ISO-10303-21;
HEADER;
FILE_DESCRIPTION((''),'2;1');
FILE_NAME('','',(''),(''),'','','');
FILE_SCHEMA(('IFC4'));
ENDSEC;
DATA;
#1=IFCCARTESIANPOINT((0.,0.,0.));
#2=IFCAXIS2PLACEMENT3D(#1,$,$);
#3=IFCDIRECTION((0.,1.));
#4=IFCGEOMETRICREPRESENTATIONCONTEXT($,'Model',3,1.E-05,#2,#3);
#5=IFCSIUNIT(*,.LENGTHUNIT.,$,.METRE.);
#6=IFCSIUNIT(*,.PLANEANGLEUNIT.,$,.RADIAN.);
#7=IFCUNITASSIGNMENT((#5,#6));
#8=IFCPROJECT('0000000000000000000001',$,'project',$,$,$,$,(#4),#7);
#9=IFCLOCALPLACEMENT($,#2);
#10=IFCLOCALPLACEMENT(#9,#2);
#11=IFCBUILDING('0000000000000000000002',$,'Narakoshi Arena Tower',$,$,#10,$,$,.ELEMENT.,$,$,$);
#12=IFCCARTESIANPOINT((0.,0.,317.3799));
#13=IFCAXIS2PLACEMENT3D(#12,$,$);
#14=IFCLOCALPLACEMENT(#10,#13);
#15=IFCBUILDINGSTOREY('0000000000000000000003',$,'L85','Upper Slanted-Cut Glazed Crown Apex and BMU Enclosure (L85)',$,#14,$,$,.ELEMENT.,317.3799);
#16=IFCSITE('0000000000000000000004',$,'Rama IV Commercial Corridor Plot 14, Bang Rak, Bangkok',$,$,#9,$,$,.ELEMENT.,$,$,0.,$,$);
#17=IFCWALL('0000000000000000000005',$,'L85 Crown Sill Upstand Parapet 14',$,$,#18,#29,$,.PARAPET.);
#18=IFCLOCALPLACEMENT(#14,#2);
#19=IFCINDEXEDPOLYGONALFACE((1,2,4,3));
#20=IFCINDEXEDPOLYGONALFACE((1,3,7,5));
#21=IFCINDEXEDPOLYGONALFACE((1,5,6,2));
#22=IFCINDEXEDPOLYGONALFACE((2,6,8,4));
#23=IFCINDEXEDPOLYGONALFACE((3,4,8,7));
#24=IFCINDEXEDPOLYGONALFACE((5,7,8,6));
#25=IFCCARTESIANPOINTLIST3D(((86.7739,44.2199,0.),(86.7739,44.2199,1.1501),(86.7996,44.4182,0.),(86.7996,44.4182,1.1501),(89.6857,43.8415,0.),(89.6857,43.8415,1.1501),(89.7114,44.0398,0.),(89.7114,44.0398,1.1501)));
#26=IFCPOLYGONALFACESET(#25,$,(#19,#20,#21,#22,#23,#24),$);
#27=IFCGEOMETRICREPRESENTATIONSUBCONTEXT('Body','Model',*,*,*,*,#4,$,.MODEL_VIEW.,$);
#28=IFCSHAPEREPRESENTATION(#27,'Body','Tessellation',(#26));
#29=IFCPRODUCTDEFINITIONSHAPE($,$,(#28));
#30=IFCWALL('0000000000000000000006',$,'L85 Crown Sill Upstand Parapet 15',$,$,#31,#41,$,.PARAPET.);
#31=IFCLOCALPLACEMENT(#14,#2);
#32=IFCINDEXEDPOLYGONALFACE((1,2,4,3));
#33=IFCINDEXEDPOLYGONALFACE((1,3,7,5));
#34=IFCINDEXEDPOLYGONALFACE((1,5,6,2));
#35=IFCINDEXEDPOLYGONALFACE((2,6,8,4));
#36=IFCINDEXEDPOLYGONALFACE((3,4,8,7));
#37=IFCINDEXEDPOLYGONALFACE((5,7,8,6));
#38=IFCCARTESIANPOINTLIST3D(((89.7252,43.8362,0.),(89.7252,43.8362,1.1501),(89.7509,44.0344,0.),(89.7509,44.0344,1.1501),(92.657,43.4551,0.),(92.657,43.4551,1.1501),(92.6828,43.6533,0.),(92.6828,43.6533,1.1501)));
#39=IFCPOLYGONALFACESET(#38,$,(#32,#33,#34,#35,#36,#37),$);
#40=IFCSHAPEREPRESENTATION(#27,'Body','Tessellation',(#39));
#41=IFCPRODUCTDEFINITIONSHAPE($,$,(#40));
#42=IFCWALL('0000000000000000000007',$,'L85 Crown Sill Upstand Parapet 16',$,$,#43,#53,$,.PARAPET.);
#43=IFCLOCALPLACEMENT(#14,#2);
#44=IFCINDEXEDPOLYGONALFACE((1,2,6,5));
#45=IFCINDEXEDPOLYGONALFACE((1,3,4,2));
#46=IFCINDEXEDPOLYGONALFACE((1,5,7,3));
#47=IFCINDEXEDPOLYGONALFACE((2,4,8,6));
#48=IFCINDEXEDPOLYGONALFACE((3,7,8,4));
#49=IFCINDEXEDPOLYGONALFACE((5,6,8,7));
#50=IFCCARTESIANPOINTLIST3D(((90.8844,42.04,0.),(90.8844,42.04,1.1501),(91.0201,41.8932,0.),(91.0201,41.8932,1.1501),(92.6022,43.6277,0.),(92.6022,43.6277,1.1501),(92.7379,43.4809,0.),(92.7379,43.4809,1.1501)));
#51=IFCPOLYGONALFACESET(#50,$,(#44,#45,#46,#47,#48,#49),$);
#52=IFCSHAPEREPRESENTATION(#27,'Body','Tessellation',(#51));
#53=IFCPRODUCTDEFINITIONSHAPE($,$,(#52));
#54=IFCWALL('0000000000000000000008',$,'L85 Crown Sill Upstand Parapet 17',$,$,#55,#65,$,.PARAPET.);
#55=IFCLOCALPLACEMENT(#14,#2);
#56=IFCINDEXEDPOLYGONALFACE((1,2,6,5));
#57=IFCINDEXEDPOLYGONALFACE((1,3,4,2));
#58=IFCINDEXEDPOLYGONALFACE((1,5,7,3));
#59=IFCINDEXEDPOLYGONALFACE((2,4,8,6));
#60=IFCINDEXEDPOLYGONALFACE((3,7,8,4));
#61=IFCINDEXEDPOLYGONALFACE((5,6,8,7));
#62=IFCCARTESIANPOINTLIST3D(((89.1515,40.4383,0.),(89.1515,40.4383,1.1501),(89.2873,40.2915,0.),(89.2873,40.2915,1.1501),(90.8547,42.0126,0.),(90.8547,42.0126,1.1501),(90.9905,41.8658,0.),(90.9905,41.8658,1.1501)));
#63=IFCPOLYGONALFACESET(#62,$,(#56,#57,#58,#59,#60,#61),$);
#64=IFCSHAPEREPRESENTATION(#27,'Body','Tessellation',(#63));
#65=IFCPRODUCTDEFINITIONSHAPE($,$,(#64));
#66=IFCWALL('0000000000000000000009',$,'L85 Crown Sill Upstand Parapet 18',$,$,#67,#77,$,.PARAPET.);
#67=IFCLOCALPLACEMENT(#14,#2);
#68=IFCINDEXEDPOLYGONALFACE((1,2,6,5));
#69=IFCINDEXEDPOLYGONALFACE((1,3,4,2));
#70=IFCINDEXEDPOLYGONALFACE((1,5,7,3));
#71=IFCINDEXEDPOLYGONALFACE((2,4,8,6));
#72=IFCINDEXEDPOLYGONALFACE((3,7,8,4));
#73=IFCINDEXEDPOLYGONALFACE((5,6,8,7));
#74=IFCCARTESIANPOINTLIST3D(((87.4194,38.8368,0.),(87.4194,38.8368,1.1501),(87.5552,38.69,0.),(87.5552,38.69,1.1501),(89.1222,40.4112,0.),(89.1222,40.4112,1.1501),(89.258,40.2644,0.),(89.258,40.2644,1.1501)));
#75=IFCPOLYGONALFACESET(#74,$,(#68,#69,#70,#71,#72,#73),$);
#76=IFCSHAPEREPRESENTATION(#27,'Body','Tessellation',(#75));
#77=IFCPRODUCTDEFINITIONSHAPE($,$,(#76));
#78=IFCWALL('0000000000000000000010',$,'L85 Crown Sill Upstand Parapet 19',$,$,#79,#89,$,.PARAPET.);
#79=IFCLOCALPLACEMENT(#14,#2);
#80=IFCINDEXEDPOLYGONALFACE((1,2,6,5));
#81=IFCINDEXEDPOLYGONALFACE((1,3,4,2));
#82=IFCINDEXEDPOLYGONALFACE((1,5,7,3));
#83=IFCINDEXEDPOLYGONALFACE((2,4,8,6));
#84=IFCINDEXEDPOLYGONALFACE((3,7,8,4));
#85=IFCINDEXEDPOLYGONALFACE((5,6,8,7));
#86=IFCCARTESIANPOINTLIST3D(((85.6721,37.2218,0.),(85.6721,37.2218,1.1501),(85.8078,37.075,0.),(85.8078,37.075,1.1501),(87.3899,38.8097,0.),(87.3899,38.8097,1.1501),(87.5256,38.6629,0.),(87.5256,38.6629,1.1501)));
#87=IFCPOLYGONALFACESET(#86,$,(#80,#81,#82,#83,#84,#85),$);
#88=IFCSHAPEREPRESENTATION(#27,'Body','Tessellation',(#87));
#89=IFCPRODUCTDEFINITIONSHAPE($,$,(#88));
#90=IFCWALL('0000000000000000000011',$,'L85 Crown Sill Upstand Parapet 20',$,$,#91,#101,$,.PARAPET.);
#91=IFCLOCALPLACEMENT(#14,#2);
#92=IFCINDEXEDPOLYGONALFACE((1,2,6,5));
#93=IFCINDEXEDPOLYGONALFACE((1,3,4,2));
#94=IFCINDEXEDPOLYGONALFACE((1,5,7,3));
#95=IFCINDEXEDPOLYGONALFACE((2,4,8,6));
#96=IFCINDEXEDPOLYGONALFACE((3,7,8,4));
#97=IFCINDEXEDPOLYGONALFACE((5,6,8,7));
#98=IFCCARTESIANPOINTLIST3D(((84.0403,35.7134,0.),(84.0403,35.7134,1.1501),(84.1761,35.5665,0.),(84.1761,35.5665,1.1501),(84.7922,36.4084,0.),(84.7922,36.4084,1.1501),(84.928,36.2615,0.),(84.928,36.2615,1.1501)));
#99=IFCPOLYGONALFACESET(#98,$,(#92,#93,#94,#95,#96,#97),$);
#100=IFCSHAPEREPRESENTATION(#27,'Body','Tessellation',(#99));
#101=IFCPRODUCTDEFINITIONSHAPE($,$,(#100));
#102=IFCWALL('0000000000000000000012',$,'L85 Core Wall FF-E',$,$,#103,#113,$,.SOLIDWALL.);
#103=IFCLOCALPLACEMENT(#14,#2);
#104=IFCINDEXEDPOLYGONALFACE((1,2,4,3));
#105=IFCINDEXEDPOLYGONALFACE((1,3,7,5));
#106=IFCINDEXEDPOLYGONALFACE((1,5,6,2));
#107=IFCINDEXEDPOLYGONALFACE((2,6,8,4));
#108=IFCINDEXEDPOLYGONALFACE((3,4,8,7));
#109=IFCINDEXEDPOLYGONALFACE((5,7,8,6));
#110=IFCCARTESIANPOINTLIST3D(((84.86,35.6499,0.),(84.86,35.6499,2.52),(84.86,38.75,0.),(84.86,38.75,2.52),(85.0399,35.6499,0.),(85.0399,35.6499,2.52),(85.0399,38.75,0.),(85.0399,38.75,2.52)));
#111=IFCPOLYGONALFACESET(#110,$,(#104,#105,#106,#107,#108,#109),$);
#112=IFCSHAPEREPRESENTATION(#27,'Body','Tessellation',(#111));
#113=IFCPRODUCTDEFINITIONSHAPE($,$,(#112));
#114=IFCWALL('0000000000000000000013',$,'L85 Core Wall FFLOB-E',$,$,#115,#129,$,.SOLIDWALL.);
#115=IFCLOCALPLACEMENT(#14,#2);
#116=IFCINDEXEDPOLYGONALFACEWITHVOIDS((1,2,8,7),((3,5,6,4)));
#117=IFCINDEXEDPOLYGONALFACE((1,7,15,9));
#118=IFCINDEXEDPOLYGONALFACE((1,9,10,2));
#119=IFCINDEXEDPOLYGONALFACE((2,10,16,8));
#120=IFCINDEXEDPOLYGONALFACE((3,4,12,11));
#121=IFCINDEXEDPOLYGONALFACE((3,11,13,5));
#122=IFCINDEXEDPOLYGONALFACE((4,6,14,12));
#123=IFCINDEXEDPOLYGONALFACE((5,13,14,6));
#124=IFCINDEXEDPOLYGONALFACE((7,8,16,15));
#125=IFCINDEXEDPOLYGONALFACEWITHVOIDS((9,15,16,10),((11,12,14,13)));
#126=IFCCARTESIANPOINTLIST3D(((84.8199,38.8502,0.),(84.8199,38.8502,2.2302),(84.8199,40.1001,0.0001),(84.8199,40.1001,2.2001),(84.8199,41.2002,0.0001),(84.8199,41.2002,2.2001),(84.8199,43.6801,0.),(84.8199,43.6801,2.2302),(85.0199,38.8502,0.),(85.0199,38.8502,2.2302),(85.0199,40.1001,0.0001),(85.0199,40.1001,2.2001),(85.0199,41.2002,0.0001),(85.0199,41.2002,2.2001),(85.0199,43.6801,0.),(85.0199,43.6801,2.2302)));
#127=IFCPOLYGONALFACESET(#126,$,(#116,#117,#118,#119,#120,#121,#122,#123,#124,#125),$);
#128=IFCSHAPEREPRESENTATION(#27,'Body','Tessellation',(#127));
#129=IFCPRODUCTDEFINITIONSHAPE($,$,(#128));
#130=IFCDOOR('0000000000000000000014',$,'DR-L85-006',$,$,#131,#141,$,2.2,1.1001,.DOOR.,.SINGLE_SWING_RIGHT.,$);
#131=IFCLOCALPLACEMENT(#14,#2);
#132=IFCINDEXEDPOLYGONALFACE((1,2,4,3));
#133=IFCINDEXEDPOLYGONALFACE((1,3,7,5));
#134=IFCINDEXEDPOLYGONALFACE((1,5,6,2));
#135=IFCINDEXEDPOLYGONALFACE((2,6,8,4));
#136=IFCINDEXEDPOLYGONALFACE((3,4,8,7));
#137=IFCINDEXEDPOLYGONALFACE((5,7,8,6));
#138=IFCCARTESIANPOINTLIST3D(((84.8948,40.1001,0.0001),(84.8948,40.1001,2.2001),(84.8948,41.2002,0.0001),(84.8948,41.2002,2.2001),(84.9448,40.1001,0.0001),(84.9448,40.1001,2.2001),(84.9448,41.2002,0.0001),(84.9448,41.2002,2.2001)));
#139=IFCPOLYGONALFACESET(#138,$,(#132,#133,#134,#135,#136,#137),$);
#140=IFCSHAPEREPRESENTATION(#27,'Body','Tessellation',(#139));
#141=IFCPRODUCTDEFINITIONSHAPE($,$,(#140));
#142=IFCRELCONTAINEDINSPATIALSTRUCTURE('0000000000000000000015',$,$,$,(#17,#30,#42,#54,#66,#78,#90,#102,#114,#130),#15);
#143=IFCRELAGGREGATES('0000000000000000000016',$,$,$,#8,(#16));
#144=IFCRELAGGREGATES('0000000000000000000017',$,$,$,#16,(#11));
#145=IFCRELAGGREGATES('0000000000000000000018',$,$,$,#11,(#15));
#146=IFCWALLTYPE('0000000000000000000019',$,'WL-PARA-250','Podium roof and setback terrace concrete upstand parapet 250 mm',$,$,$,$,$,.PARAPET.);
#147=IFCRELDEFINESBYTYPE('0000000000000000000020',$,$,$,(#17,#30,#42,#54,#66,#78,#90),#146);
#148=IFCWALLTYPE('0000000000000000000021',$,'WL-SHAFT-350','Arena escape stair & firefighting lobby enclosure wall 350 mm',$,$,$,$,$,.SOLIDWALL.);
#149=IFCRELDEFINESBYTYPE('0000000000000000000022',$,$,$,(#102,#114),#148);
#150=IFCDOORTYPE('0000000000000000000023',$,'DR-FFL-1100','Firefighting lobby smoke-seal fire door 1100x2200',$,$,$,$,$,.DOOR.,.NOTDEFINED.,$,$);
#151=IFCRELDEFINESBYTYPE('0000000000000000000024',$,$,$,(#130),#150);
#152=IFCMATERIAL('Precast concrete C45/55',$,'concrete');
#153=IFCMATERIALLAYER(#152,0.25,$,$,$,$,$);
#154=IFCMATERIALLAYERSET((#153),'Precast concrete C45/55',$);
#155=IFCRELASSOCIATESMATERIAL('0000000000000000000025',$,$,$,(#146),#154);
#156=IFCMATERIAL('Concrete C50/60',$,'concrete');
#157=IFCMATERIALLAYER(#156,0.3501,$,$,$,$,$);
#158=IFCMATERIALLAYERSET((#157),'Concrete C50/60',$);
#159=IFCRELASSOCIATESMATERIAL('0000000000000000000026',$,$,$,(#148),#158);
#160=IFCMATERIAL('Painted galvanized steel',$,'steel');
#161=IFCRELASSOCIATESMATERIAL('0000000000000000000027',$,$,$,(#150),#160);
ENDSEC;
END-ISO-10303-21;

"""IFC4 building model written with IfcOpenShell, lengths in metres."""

from ifc_helpers import new_model, si_unit, direction, frame, frame_2d, origin, place, context, subcontext, project, spatial, rectangle, extrude, material, layer, layer_set, type_object, element, fill, save


model = new_model("IFC4")

# Units and contexts
model_context = context("Model", 3, precision=1e-05, world=origin(), true_north=direction((0.0, 1.0)))
body_context = subcontext(model_context, "Body", "Model", "MODEL_VIEW")
ifc_project = project(units=[si_unit("LENGTHUNIT", "METRE"), si_unit("PLANEANGLEUNIT", "RADIAN")], contexts=[model_context])

# Site, building, storey
site_placement = place(None, origin())
site = spatial("IfcSite", under=ifc_project, at=site_placement, Name="Rama IV Commercial Corridor Plot 14, Bang Rak, Bangkok", CompositionType="ELEMENT", RefElevation=0.0)
building_placement = place(site_placement, origin())
building = spatial("IfcBuilding", under=site, at=building_placement, Name="Narakoshi Arena Tower", CompositionType="ELEMENT")
storey_placement = place(building_placement, frame((0.0, 0.0, 317.3799)))
storey = spatial("IfcBuildingStorey", under=building, at=storey_placement, Name="L85", Description="Upper Slanted-Cut Glazed Crown Apex and BMU Enclosure (L85)", CompositionType="ELEMENT", Elevation=317.3799)

# Shared definitions
ifc_material_1 = material(Name="Concrete C50/60", Category="concrete")

# Shared definitions
ifc_material_2 = material(Name="Painted galvanized steel", Category="steel")

# Walls
ifc_material_3 = material(Name="Precast concrete C45/55", Category="concrete")
ifc_layer_1 = layer(ifc_material_3, 0.25)
ifc_layer_set_1 = layer_set([ifc_layer_1], Name="Precast concrete C45/55")
wall_type_1 = type_object("IfcWallType", Name="WL-PARA-250", Description="Podium roof and setback terrace concrete upstand parapet 250 mm", PredefinedType="PARAPET", material=ifc_layer_set_1)
wall_1_placement = place(storey_placement, frame((86.7866, 44.3191, 0.0), z_axis=(0.0, 0.0, 1.0), x_axis=(0.991661, -0.128874, 0.0)))
element("IfcWall", 1, at=wall_1_placement, inside=storey, type_object=wall_type_1, Name="L85 Crown Sill Upstand Parapet 14", PredefinedType="PARAPET", context=body_context, shape_type="SweptSolid", body=[
    extrude(rectangle(XDim=2.9363, YDim=0.2, at=frame_2d((1.4683, 0.0))), origin(), (0.0, 0.0, 1.0), 1.1501),
])
wall_2_placement = place(storey_placement, frame((89.738, 43.9353, 0.0), z_axis=(0.0, 0.0, 1.0), x_axis=(0.991657, -0.128901, 0.0)))
element("IfcWall", 2, at=wall_2_placement, inside=storey, type_object=wall_type_1, Name="L85 Crown Sill Upstand Parapet 15", PredefinedType="PARAPET", context=body_context, shape_type="SweptSolid", body=[
    extrude(rectangle(XDim=2.9565, YDim=0.2, at=frame_2d((1.4783, 0.0))), origin(), (0.0, 0.0, 1.0), 1.1501),
])
wall_3_placement = place(storey_placement, frame((92.6699, 43.5542, 0.0), z_axis=(0.0, 0.0, 1.0), x_axis=(-0.734375, -0.678744, 0.0)))
element("IfcWall", 3, at=wall_3_placement, inside=storey, type_object=wall_type_1, Name="L85 Crown Sill Upstand Parapet 16", PredefinedType="PARAPET", context=body_context, shape_type="SweptSolid", body=[
    extrude(rectangle(XDim=2.3391, YDim=0.2, at=frame_2d((1.1694, 0.0))), origin(), (0.0, 0.0, 1.0), 1.1501),
])
wall_4_placement = place(storey_placement, frame((90.9226, 41.9392, 0.0), z_axis=(0.0, 0.0, 1.0), x_axis=(-0.734351, -0.67877, 0.0)))
element("IfcWall", 4, at=wall_4_placement, inside=storey, type_object=wall_type_1, Name="L85 Crown Sill Upstand Parapet 17", PredefinedType="PARAPET", context=body_context, shape_type="SweptSolid", body=[
    extrude(rectangle(XDim=2.3193, YDim=0.2, at=frame_2d((1.1597, 0.0))), origin(), (0.0, 0.0, 1.0), 1.1501),
])
wall_5_placement = place(storey_placement, frame((89.1902, 40.3379, 0.0), z_axis=(0.0, 0.0, 1.0), x_axis=(-0.73425, -0.678879, 0.0)))
element("IfcWall", 5, at=wall_5_placement, inside=storey, type_object=wall_type_1, Name="L85 Crown Sill Upstand Parapet 18", PredefinedType="PARAPET", context=body_context, shape_type="SweptSolid", body=[
    extrude(rectangle(XDim=2.3191, YDim=0.2, at=frame_2d((1.1597, 0.0))), origin(), (0.0, 0.0, 1.0), 1.1501),
])
wall_6_placement = place(storey_placement, frame((87.4578, 38.7363, 0.0), z_axis=(0.0, 0.0, 1.0), x_axis=(-0.734323, -0.6788, 0.0)))
element("IfcWall", 6, at=wall_6_placement, inside=storey, type_object=wall_type_1, Name="L85 Crown Sill Upstand Parapet 19", PredefinedType="PARAPET", context=body_context, shape_type="SweptSolid", body=[
    extrude(rectangle(XDim=2.3394, YDim=0.2, at=frame_2d((1.1697, 0.0))), origin(), (0.0, 0.0, 1.0), 1.1501),
])
wall_7_placement = place(storey_placement, frame((84.8601, 36.335, 0.0), z_axis=(0.0, 0.0, 1.0), x_axis=(-0.734337, -0.678785, 0.0)))
element("IfcWall", 7, at=wall_7_placement, inside=storey, type_object=wall_type_1, Name="L85 Crown Sill Upstand Parapet 20", PredefinedType="PARAPET", context=body_context, shape_type="SweptSolid", body=[
    extrude(rectangle(XDim=1.0239, YDim=0.2, at=frame_2d((0.512, 0.0))), origin(), (0.0, 0.0, 1.0), 1.1501),
])
ifc_layer_2 = layer(ifc_material_1, 0.3501)
ifc_layer_set_2 = layer_set([ifc_layer_2], Name="Concrete C50/60")
wall_type_2 = type_object("IfcWallType", Name="WL-SHAFT-350", Description="Arena escape stair & firefighting lobby enclosure wall 350 mm", PredefinedType="SOLIDWALL", material=ifc_layer_set_2)
wall_8_placement = place(storey_placement, frame((84.95, 35.6499, 0.0), z_axis=(0.0, 0.0, 1.0), x_axis=(0.0, 1.0, 0.0)))
element("IfcWall", 8, at=wall_8_placement, inside=storey, type_object=wall_type_2, Name="L85 Core Wall FF-E", PredefinedType="SOLIDWALL", context=body_context, shape_type="SweptSolid", body=[
    extrude(rectangle(XDim=3.1001, YDim=0.1799, at=frame_2d((1.55, 0.0))), origin(), (0.0, 0.0, 1.0), 2.52),
])

# Wall, opening, door
wall_9_placement = place(storey_placement, frame((84.9199, 38.8501, 0.0), z_axis=(0.0, 0.0, 1.0), x_axis=(0.0, 1.0, 0.0)))
wall_9 = element("IfcWall", 9, at=wall_9_placement, inside=storey, type_object=wall_type_2, Name="L85 Core Wall FFLOB-E", PredefinedType="SOLIDWALL", context=body_context, shape_type="SweptSolid", body=[
    extrude(rectangle(XDim=4.8298, YDim=0.2, at=frame_2d((2.415, 0.0))), origin(), (0.0, 0.0, 1.0), 2.2302),
])
opening_1_placement = place(wall_9_placement, frame((1.25, 0.0, 0.0)))
opening_1 = element("IfcOpeningElement", 10, at=opening_1_placement, cuts=wall_9, PredefinedType="OPENING", context=body_context, shape_type="SweptSolid", body=[
    extrude(rectangle(XDim=1.1001, YDim=2.2, at=frame_2d((0.55, 1.1001))), frame((0.0, 0.1099, 0.0), z_axis=(0.0, -1.0, 0.0), x_axis=(1.0, 0.0, 0.0)), (0.0, 0.0, 1.0), 0.22),
])
door_type_1 = type_object("IfcDoorType", Name="DR-FFL-1100", Description="Firefighting lobby smoke-seal fire door 1100x2200", OperationType="NOTDEFINED", PredefinedType="DOOR", material=ifc_material_2)
door_1_placement = place(opening_1_placement, frame((1.1001, 0.0, 0.0), z_axis=(0.0, 0.0, 1.0), x_axis=(-1.0, 0.0, 0.0)))
door_1 = element("IfcDoor", 11, at=door_1_placement, inside=storey, type_object=door_type_1, Name="DR-L85-006", OperationType="SINGLE_SWING_RIGHT", OverallHeight=2.2, OverallWidth=1.1001, PredefinedType="DOOR", context=body_context, shape_type="SweptSolid", body=[
    extrude(rectangle(XDim=1.1001, YDim=2.2, at=frame_2d((0.55, 1.1001))), frame((0.0, 0.0249, 0.0), z_axis=(0.0, -1.0, 0.0), x_axis=(1.0, 0.0, 0.0)), (0.0, 0.0, 1.0), 0.05),
])
fill(opening_1, door_1)

save(model, "model.ifc")
